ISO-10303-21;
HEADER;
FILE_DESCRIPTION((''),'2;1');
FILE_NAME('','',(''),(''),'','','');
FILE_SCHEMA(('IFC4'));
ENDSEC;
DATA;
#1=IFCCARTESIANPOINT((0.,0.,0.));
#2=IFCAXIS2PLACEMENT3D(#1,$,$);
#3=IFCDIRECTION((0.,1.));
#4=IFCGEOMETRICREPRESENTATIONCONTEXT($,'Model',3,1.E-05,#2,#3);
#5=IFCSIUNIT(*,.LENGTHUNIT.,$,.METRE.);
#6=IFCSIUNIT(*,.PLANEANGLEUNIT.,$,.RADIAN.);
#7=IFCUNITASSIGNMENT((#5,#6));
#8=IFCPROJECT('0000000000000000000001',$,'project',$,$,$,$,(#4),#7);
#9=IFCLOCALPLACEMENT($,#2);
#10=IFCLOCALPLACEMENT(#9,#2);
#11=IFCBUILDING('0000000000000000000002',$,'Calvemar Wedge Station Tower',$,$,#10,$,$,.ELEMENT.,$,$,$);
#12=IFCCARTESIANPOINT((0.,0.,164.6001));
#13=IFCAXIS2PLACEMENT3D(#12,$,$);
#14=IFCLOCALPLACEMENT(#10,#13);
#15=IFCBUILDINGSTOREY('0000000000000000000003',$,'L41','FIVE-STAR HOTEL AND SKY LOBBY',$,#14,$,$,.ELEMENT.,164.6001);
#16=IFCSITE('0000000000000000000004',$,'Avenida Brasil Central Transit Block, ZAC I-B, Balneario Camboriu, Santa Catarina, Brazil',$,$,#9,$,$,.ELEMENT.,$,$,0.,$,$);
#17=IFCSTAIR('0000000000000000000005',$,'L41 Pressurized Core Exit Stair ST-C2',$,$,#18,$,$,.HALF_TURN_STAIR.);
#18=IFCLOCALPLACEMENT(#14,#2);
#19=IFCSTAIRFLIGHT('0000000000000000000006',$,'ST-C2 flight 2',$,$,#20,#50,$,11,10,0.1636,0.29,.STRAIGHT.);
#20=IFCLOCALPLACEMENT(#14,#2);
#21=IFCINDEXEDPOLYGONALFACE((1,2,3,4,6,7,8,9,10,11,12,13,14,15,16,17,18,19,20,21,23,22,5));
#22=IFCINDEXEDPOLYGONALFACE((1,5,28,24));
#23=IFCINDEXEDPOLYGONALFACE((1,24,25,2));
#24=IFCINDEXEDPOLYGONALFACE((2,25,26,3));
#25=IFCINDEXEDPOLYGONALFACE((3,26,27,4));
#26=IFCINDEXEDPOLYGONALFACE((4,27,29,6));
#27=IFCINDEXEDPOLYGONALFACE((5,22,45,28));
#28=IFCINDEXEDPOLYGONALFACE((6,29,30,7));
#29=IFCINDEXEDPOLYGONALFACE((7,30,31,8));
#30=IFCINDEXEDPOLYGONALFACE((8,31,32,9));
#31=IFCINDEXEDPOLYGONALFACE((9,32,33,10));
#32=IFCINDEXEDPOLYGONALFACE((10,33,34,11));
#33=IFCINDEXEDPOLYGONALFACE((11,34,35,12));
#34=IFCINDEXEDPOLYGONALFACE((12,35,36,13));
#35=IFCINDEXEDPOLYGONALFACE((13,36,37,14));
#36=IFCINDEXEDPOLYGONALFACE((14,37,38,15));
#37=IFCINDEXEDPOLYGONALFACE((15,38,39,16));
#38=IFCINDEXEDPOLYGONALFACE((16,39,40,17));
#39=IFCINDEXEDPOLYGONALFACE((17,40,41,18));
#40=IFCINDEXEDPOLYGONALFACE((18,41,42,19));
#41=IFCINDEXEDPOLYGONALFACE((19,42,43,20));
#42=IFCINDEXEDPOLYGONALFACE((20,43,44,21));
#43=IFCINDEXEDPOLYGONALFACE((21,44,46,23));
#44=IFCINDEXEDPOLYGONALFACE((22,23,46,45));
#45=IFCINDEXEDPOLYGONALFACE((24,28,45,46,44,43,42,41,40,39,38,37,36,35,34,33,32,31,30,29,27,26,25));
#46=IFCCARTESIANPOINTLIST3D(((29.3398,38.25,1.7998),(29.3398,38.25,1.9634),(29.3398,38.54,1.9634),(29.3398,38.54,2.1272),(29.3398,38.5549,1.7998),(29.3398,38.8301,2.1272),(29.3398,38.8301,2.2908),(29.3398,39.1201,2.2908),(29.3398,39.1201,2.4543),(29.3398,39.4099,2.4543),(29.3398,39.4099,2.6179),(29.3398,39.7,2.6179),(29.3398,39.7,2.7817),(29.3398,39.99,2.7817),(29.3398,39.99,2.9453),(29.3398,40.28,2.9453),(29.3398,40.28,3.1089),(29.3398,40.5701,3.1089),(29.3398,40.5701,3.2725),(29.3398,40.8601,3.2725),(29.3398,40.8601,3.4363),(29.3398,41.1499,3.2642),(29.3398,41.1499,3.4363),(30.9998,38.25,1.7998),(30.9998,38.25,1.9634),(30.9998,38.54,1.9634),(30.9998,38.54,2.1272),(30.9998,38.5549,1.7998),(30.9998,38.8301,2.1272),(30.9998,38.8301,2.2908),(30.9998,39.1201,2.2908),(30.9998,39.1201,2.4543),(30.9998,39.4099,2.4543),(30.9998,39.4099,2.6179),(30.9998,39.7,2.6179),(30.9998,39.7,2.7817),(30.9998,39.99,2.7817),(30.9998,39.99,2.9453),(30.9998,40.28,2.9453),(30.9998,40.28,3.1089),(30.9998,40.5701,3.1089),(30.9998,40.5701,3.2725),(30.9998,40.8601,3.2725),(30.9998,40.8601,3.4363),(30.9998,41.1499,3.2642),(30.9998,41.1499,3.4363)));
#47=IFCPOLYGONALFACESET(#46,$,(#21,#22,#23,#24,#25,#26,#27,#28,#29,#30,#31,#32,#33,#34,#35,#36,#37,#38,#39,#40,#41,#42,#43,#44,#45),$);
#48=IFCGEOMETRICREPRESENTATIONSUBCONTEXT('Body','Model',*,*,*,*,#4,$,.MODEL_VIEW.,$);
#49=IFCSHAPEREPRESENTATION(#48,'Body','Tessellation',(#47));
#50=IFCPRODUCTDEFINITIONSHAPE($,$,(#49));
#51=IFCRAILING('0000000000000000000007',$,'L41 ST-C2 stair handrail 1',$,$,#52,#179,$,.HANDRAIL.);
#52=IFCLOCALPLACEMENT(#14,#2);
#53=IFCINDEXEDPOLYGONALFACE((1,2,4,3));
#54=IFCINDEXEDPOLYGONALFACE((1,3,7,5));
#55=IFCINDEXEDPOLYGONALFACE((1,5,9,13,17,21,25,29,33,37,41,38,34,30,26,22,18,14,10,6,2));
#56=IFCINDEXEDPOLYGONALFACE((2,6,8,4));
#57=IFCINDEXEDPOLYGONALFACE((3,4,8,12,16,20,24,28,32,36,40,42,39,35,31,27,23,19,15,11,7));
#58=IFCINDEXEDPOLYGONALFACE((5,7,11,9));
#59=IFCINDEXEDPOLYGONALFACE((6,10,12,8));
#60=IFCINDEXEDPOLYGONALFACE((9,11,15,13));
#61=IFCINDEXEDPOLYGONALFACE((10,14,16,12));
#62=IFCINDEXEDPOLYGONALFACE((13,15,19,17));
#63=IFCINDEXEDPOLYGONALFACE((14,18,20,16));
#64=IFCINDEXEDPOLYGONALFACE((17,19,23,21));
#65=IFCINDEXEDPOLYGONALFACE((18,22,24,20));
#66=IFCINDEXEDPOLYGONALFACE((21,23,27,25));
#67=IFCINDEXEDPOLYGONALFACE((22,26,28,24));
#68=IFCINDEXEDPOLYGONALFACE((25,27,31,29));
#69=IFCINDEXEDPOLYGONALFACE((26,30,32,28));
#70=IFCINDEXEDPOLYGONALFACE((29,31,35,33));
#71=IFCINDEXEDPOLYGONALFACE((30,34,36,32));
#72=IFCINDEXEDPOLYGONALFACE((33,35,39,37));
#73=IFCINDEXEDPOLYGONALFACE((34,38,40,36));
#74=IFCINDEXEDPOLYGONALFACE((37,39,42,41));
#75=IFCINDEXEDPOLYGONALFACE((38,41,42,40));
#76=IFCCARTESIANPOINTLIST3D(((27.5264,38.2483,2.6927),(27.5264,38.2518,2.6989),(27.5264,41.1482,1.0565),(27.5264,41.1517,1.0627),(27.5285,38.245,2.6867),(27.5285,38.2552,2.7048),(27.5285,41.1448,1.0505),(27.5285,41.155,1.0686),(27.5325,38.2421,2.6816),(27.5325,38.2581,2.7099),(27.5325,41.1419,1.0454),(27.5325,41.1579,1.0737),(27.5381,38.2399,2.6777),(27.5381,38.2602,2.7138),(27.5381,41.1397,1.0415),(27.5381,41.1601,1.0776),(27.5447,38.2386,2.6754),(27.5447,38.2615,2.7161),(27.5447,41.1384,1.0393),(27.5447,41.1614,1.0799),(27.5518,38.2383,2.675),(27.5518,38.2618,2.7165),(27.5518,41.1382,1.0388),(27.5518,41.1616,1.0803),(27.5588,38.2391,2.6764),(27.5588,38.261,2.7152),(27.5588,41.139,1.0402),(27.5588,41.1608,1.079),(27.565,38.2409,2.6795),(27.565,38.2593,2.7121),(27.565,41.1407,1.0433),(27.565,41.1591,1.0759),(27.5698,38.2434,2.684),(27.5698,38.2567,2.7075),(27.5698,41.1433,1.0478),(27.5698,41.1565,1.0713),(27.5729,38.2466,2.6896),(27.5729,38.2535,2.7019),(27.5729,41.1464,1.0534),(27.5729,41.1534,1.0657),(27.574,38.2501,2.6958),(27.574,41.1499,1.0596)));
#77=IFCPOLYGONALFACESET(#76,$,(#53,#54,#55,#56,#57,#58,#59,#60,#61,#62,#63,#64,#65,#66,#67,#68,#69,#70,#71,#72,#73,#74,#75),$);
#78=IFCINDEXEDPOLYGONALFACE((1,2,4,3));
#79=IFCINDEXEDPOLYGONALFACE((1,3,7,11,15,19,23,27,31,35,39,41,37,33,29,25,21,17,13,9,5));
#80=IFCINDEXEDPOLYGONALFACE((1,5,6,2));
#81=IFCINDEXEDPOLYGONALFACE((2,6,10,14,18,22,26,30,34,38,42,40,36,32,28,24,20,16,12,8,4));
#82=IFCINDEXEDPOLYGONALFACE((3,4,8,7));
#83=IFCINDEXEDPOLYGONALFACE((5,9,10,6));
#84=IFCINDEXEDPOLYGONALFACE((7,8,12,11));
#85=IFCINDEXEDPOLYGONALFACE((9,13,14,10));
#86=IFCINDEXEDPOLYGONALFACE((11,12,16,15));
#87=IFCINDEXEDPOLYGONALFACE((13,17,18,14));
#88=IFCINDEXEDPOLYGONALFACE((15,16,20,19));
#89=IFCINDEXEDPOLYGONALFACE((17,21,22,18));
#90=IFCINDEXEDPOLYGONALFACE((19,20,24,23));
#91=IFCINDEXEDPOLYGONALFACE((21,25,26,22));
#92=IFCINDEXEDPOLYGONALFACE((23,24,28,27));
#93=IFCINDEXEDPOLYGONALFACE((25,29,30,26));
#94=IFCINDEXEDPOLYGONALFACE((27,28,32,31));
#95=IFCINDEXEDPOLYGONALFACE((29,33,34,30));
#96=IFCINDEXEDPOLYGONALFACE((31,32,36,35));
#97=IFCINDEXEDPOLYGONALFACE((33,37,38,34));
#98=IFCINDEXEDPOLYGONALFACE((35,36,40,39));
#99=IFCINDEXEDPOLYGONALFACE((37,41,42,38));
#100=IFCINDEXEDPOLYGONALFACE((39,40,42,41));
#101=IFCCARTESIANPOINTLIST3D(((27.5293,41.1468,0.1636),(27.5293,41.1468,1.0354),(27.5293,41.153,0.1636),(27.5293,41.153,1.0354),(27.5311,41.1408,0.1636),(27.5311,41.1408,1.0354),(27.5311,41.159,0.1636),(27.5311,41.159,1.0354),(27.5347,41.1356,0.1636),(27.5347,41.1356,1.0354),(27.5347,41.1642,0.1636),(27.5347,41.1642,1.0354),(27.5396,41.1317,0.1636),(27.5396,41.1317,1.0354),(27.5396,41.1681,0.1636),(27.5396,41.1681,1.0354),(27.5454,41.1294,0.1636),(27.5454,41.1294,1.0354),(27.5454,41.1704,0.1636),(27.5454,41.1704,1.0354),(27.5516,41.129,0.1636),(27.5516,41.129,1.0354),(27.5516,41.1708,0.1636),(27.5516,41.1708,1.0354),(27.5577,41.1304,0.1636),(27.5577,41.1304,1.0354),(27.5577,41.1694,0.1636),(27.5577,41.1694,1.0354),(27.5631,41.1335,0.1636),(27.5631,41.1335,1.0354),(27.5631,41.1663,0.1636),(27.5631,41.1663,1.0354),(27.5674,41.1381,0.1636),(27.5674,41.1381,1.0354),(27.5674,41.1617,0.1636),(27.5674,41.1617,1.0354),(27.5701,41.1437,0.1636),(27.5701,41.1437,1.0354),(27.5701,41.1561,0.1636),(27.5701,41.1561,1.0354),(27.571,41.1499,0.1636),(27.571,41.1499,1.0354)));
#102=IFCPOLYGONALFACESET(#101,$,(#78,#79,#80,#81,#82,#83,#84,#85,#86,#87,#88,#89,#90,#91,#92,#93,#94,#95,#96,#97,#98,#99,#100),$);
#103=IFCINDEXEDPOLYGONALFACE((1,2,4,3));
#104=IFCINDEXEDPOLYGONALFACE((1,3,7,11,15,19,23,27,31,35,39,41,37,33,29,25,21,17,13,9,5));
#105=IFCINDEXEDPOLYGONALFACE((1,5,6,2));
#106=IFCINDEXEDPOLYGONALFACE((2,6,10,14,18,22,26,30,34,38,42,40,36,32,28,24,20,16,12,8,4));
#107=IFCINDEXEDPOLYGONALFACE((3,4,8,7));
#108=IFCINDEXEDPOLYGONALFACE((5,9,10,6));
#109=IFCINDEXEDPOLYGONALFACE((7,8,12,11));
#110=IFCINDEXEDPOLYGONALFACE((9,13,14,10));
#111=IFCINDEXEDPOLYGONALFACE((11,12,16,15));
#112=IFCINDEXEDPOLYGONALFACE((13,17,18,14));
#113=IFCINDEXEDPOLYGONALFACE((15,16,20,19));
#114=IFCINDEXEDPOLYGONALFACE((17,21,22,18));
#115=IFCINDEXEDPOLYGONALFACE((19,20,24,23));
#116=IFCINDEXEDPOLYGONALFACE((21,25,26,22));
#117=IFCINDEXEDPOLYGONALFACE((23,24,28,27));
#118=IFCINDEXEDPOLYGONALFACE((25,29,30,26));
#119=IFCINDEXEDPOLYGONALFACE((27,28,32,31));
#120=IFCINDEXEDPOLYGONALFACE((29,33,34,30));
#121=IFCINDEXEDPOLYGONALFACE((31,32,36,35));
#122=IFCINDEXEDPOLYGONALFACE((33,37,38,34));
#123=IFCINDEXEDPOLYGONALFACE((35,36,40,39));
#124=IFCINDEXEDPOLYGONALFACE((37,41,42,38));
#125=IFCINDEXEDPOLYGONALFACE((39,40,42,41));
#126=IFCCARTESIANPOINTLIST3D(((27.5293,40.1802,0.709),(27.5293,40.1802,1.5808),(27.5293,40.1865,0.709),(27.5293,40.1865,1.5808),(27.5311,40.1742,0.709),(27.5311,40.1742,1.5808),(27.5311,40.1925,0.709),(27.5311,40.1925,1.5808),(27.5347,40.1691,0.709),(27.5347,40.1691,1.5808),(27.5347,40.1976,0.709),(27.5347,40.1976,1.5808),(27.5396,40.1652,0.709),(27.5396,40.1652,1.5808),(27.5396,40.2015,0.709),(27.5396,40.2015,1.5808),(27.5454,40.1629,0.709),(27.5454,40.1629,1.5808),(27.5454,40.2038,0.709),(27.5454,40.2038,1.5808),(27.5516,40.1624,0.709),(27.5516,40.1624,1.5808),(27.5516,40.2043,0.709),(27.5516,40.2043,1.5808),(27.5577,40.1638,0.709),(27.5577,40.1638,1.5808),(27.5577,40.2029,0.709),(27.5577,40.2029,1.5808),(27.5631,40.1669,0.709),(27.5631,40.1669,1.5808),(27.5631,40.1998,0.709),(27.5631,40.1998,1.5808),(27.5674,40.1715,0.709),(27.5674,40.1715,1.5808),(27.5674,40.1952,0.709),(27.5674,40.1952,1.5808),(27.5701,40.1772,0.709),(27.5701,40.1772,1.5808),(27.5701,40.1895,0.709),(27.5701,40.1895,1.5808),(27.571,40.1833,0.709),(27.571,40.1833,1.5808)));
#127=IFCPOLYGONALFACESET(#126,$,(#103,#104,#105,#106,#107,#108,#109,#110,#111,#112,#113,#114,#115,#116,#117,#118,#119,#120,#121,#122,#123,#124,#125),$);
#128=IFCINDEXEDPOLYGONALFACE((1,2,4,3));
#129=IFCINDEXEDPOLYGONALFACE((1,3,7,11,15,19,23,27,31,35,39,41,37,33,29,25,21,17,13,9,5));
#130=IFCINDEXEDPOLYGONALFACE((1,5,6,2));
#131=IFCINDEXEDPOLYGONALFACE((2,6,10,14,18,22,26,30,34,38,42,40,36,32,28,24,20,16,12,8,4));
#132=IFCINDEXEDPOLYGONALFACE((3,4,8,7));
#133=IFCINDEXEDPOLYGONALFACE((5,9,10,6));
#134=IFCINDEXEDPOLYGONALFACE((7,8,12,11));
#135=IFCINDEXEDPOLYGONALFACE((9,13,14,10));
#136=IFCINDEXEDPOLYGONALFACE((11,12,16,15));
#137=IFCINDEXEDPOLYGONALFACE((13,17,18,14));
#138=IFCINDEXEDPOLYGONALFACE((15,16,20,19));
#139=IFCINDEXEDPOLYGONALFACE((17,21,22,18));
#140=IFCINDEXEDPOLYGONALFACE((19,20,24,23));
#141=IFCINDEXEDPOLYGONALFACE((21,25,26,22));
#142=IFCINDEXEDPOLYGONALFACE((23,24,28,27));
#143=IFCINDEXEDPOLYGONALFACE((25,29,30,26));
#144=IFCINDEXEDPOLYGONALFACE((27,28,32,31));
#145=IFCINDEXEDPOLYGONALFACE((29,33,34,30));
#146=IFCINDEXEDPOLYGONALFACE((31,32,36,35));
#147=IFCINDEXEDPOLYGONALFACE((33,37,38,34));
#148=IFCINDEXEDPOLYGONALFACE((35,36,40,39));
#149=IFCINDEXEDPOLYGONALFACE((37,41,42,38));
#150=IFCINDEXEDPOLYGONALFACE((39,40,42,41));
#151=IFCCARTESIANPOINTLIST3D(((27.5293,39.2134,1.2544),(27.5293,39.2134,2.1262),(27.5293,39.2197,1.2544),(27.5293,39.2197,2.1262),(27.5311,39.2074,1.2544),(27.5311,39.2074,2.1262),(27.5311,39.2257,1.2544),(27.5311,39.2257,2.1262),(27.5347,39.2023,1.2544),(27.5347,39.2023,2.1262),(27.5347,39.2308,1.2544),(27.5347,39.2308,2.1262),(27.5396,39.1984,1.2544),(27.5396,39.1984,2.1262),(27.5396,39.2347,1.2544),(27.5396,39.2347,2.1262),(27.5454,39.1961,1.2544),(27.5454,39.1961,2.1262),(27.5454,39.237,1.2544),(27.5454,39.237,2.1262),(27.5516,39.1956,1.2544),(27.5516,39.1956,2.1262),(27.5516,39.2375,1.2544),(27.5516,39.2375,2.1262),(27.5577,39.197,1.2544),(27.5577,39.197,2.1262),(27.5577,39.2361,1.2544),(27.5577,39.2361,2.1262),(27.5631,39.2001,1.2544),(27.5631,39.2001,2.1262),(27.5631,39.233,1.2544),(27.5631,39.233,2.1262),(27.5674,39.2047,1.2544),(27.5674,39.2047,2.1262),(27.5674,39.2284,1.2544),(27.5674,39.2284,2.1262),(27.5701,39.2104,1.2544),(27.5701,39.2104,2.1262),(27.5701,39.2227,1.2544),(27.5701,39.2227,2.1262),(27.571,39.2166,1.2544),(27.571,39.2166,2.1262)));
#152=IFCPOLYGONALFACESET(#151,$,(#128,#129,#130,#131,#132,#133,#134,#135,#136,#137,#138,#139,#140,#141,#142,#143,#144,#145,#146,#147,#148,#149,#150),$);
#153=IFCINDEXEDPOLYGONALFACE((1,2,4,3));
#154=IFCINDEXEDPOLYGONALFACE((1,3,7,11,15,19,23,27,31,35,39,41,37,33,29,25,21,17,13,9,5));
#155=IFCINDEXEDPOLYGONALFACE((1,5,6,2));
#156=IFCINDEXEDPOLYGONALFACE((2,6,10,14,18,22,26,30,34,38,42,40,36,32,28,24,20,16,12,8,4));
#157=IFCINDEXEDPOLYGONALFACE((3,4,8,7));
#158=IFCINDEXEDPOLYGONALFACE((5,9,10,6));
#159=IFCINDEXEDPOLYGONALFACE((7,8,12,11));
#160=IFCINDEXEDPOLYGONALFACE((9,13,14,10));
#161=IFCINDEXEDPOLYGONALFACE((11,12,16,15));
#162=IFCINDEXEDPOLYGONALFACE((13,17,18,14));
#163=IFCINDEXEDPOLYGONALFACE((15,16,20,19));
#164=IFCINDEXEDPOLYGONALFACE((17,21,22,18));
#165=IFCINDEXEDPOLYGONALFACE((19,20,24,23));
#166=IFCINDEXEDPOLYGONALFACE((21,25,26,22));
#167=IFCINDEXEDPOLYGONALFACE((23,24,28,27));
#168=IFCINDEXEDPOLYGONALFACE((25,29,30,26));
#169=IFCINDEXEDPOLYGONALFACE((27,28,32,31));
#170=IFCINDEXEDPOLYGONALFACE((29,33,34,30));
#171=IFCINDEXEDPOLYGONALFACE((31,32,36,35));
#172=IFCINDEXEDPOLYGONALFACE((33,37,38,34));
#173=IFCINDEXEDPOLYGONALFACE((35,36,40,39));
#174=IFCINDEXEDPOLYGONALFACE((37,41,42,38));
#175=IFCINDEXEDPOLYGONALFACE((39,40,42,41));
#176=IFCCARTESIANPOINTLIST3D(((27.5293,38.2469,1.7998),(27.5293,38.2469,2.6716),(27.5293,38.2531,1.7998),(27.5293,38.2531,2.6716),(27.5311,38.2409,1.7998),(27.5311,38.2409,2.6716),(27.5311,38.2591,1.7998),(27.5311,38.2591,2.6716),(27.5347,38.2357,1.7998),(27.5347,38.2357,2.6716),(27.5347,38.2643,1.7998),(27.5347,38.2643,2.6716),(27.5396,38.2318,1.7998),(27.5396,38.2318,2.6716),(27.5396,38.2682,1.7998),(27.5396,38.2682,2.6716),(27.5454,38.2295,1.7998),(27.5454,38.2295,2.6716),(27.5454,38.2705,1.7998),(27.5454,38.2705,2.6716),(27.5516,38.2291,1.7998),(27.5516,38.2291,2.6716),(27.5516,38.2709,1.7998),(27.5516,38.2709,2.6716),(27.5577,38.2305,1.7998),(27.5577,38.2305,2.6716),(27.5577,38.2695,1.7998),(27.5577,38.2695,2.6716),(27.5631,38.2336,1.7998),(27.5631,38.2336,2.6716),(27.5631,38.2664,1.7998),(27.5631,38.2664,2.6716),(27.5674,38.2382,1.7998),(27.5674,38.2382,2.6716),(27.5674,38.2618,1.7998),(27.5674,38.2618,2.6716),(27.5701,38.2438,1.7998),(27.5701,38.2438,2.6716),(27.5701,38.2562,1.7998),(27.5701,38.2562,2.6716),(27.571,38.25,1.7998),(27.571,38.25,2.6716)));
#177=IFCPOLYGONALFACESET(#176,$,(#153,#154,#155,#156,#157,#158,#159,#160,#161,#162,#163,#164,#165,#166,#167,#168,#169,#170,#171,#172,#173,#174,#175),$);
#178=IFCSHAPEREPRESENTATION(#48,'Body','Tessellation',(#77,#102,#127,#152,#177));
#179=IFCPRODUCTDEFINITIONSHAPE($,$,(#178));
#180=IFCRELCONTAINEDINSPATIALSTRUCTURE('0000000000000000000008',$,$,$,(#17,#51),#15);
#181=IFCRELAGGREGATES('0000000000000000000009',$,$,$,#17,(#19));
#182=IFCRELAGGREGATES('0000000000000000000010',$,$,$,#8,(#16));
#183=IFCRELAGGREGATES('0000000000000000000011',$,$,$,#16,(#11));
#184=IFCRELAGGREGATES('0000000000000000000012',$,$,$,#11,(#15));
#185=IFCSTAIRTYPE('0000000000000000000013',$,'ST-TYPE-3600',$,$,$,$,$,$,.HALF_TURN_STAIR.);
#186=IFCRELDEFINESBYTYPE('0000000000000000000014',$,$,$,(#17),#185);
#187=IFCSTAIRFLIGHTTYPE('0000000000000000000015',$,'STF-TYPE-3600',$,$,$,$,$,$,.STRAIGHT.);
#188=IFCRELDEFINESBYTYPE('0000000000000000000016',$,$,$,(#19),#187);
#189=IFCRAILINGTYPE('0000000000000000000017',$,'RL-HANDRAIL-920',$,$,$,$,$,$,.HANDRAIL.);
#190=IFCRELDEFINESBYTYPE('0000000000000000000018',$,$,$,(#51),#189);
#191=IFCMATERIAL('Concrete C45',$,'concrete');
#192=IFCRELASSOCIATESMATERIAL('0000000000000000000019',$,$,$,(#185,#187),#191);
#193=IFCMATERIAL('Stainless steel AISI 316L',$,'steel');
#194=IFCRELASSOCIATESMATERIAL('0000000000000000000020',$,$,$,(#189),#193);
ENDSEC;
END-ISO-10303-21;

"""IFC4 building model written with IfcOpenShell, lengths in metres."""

from ifc_helpers import new_model, si_unit, direction, frame, origin, origin_2d, place, context, subcontext, project, spatial, polyline, circle, outline, extrude, material, type_object, element, aggregate, save


model = new_model("IFC4")

# Units and contexts
model_context = context("Model", 3, precision=1e-05, world=origin(), true_north=direction((0.0, 1.0)))
body_context = subcontext(model_context, "Body", "Model", "MODEL_VIEW")
ifc_project = project(units=[si_unit("LENGTHUNIT", "METRE"), si_unit("PLANEANGLEUNIT", "RADIAN")], contexts=[model_context])

# Site, building, storey
site_placement = place(None, origin())
site = spatial("IfcSite", under=ifc_project, at=site_placement, Name="Avenida Brasil Central Transit Block, ZAC I-B, Balneario Camboriu, Santa Catarina, Brazil", CompositionType="ELEMENT", RefElevation=0.0)
building_placement = place(site_placement, origin())
building = spatial("IfcBuilding", under=site, at=building_placement, Name="Calvemar Wedge Station Tower", CompositionType="ELEMENT")
storey_placement = place(building_placement, frame((0.0, 0.0, 164.6001)))
storey = spatial("IfcBuildingStorey", under=building, at=storey_placement, Name="L41", Description="FIVE-STAR HOTEL AND SKY LOBBY", CompositionType="ELEMENT", Elevation=164.6001)

# Stair, stair flight
ifc_material_1 = material(Name="Concrete C45", Category="concrete")
stair_type = type_object("IfcStairType", Name="ST-TYPE-3600", PredefinedType="HALF_TURN_STAIR", material=ifc_material_1)
stair_placement = place(storey_placement, origin())
stair = element("IfcStair", 1, at=stair_placement, inside=storey, type_object=stair_type, Name="L41 Pressurized Core Exit Stair ST-C2", PredefinedType="HALF_TURN_STAIR")
stair_flight_type = type_object("IfcStairFlightType", Name="STF-TYPE-3600", PredefinedType="STRAIGHT", material=ifc_material_1)
stair_flight_1_placement = place(storey_placement, frame((30.1699, 38.25, 1.7998), z_axis=(0.0, 0.0, 1.0), x_axis=(0.0, 1.0, 0.0)))
stair_flight_1 = element("IfcStairFlight", 2, at=stair_flight_1_placement, type_object=stair_flight_type, Name="ST-C2 flight 2", NumberOfRisers=11, NumberOfTreads=10, PredefinedType="STRAIGHT", RiserHeight=0.1636, TreadLength=0.29, context=body_context, shape_type="SweptSolid", body=[
    extrude(outline(polyline([(0.0, 0.0), (0.0, 0.1636), (0.29, 0.1636), (0.29, 0.3274), (0.5801, 0.3274), (0.5801, 0.491), (0.8701, 0.491), (0.8701, 0.6545), (1.1599, 0.6545), (1.1599, 0.8181), (1.45, 0.8181), (1.45, 0.9819), (1.74, 0.9819), (1.74, 1.1455), (2.03, 1.1455), (2.03, 1.3091), (2.3201, 1.3091), (2.3201, 1.4727), (2.6101, 1.4727), (2.6101, 1.6365), (2.8999, 1.6365), (2.8999, 1.8), (2.8999, 1.4644), (0.3049, 0.0), (0.0, 0.0)])), frame((0.0, 0.8301, 0.0), z_axis=(0.0, -1.0, 0.0), x_axis=(1.0, 0.0, 0.0)), (0.0, 0.0, 1.0), 1.6599),
])
aggregate(stair, [stair_flight_1])

# Railing
ifc_material_2 = material(Name="Stainless steel AISI 316L", Category="steel")
railing_type_1 = type_object("IfcRailingType", Name="RL-HANDRAIL-920", PredefinedType="HANDRAIL", material=ifc_material_2)
railing_1_placement = place(storey_placement, frame((27.55, 41.1499, 0.1636)))
element("IfcRailing", 3, at=railing_1_placement, inside=storey, type_object=railing_type_1, Name="L41 ST-C2 stair handrail 1", PredefinedType="HANDRAIL", context=body_context, shape_type="SweptSolid", body=[
    extrude(circle(Radius=0.0239, at=origin_2d()), frame((0.0, 0.0, 0.896), z_axis=(0.0, -0.870929, 0.49141), x_axis=(1.0, 0.0, 0.0)), (0.0, 0.0, 1.0), 3.3296),
    extrude(circle(Radius=0.021, at=origin_2d()), origin(), (0.0, 0.0, 1.0), 0.8718),
    extrude(circle(Radius=0.021, at=origin_2d()), frame((0.0, -0.9666, 0.5454)), (0.0, 0.0, 1.0), 0.8718),
    extrude(circle(Radius=0.021, at=origin_2d()), frame((0.0, -1.9333, 1.0908)), (0.0, 0.0, 1.0), 0.8718),
    extrude(circle(Radius=0.021, at=origin_2d()), frame((0.0, -2.8999, 1.6362)), (0.0, 0.0, 1.0), 0.8718),
])

save(model, "model.ifc")
